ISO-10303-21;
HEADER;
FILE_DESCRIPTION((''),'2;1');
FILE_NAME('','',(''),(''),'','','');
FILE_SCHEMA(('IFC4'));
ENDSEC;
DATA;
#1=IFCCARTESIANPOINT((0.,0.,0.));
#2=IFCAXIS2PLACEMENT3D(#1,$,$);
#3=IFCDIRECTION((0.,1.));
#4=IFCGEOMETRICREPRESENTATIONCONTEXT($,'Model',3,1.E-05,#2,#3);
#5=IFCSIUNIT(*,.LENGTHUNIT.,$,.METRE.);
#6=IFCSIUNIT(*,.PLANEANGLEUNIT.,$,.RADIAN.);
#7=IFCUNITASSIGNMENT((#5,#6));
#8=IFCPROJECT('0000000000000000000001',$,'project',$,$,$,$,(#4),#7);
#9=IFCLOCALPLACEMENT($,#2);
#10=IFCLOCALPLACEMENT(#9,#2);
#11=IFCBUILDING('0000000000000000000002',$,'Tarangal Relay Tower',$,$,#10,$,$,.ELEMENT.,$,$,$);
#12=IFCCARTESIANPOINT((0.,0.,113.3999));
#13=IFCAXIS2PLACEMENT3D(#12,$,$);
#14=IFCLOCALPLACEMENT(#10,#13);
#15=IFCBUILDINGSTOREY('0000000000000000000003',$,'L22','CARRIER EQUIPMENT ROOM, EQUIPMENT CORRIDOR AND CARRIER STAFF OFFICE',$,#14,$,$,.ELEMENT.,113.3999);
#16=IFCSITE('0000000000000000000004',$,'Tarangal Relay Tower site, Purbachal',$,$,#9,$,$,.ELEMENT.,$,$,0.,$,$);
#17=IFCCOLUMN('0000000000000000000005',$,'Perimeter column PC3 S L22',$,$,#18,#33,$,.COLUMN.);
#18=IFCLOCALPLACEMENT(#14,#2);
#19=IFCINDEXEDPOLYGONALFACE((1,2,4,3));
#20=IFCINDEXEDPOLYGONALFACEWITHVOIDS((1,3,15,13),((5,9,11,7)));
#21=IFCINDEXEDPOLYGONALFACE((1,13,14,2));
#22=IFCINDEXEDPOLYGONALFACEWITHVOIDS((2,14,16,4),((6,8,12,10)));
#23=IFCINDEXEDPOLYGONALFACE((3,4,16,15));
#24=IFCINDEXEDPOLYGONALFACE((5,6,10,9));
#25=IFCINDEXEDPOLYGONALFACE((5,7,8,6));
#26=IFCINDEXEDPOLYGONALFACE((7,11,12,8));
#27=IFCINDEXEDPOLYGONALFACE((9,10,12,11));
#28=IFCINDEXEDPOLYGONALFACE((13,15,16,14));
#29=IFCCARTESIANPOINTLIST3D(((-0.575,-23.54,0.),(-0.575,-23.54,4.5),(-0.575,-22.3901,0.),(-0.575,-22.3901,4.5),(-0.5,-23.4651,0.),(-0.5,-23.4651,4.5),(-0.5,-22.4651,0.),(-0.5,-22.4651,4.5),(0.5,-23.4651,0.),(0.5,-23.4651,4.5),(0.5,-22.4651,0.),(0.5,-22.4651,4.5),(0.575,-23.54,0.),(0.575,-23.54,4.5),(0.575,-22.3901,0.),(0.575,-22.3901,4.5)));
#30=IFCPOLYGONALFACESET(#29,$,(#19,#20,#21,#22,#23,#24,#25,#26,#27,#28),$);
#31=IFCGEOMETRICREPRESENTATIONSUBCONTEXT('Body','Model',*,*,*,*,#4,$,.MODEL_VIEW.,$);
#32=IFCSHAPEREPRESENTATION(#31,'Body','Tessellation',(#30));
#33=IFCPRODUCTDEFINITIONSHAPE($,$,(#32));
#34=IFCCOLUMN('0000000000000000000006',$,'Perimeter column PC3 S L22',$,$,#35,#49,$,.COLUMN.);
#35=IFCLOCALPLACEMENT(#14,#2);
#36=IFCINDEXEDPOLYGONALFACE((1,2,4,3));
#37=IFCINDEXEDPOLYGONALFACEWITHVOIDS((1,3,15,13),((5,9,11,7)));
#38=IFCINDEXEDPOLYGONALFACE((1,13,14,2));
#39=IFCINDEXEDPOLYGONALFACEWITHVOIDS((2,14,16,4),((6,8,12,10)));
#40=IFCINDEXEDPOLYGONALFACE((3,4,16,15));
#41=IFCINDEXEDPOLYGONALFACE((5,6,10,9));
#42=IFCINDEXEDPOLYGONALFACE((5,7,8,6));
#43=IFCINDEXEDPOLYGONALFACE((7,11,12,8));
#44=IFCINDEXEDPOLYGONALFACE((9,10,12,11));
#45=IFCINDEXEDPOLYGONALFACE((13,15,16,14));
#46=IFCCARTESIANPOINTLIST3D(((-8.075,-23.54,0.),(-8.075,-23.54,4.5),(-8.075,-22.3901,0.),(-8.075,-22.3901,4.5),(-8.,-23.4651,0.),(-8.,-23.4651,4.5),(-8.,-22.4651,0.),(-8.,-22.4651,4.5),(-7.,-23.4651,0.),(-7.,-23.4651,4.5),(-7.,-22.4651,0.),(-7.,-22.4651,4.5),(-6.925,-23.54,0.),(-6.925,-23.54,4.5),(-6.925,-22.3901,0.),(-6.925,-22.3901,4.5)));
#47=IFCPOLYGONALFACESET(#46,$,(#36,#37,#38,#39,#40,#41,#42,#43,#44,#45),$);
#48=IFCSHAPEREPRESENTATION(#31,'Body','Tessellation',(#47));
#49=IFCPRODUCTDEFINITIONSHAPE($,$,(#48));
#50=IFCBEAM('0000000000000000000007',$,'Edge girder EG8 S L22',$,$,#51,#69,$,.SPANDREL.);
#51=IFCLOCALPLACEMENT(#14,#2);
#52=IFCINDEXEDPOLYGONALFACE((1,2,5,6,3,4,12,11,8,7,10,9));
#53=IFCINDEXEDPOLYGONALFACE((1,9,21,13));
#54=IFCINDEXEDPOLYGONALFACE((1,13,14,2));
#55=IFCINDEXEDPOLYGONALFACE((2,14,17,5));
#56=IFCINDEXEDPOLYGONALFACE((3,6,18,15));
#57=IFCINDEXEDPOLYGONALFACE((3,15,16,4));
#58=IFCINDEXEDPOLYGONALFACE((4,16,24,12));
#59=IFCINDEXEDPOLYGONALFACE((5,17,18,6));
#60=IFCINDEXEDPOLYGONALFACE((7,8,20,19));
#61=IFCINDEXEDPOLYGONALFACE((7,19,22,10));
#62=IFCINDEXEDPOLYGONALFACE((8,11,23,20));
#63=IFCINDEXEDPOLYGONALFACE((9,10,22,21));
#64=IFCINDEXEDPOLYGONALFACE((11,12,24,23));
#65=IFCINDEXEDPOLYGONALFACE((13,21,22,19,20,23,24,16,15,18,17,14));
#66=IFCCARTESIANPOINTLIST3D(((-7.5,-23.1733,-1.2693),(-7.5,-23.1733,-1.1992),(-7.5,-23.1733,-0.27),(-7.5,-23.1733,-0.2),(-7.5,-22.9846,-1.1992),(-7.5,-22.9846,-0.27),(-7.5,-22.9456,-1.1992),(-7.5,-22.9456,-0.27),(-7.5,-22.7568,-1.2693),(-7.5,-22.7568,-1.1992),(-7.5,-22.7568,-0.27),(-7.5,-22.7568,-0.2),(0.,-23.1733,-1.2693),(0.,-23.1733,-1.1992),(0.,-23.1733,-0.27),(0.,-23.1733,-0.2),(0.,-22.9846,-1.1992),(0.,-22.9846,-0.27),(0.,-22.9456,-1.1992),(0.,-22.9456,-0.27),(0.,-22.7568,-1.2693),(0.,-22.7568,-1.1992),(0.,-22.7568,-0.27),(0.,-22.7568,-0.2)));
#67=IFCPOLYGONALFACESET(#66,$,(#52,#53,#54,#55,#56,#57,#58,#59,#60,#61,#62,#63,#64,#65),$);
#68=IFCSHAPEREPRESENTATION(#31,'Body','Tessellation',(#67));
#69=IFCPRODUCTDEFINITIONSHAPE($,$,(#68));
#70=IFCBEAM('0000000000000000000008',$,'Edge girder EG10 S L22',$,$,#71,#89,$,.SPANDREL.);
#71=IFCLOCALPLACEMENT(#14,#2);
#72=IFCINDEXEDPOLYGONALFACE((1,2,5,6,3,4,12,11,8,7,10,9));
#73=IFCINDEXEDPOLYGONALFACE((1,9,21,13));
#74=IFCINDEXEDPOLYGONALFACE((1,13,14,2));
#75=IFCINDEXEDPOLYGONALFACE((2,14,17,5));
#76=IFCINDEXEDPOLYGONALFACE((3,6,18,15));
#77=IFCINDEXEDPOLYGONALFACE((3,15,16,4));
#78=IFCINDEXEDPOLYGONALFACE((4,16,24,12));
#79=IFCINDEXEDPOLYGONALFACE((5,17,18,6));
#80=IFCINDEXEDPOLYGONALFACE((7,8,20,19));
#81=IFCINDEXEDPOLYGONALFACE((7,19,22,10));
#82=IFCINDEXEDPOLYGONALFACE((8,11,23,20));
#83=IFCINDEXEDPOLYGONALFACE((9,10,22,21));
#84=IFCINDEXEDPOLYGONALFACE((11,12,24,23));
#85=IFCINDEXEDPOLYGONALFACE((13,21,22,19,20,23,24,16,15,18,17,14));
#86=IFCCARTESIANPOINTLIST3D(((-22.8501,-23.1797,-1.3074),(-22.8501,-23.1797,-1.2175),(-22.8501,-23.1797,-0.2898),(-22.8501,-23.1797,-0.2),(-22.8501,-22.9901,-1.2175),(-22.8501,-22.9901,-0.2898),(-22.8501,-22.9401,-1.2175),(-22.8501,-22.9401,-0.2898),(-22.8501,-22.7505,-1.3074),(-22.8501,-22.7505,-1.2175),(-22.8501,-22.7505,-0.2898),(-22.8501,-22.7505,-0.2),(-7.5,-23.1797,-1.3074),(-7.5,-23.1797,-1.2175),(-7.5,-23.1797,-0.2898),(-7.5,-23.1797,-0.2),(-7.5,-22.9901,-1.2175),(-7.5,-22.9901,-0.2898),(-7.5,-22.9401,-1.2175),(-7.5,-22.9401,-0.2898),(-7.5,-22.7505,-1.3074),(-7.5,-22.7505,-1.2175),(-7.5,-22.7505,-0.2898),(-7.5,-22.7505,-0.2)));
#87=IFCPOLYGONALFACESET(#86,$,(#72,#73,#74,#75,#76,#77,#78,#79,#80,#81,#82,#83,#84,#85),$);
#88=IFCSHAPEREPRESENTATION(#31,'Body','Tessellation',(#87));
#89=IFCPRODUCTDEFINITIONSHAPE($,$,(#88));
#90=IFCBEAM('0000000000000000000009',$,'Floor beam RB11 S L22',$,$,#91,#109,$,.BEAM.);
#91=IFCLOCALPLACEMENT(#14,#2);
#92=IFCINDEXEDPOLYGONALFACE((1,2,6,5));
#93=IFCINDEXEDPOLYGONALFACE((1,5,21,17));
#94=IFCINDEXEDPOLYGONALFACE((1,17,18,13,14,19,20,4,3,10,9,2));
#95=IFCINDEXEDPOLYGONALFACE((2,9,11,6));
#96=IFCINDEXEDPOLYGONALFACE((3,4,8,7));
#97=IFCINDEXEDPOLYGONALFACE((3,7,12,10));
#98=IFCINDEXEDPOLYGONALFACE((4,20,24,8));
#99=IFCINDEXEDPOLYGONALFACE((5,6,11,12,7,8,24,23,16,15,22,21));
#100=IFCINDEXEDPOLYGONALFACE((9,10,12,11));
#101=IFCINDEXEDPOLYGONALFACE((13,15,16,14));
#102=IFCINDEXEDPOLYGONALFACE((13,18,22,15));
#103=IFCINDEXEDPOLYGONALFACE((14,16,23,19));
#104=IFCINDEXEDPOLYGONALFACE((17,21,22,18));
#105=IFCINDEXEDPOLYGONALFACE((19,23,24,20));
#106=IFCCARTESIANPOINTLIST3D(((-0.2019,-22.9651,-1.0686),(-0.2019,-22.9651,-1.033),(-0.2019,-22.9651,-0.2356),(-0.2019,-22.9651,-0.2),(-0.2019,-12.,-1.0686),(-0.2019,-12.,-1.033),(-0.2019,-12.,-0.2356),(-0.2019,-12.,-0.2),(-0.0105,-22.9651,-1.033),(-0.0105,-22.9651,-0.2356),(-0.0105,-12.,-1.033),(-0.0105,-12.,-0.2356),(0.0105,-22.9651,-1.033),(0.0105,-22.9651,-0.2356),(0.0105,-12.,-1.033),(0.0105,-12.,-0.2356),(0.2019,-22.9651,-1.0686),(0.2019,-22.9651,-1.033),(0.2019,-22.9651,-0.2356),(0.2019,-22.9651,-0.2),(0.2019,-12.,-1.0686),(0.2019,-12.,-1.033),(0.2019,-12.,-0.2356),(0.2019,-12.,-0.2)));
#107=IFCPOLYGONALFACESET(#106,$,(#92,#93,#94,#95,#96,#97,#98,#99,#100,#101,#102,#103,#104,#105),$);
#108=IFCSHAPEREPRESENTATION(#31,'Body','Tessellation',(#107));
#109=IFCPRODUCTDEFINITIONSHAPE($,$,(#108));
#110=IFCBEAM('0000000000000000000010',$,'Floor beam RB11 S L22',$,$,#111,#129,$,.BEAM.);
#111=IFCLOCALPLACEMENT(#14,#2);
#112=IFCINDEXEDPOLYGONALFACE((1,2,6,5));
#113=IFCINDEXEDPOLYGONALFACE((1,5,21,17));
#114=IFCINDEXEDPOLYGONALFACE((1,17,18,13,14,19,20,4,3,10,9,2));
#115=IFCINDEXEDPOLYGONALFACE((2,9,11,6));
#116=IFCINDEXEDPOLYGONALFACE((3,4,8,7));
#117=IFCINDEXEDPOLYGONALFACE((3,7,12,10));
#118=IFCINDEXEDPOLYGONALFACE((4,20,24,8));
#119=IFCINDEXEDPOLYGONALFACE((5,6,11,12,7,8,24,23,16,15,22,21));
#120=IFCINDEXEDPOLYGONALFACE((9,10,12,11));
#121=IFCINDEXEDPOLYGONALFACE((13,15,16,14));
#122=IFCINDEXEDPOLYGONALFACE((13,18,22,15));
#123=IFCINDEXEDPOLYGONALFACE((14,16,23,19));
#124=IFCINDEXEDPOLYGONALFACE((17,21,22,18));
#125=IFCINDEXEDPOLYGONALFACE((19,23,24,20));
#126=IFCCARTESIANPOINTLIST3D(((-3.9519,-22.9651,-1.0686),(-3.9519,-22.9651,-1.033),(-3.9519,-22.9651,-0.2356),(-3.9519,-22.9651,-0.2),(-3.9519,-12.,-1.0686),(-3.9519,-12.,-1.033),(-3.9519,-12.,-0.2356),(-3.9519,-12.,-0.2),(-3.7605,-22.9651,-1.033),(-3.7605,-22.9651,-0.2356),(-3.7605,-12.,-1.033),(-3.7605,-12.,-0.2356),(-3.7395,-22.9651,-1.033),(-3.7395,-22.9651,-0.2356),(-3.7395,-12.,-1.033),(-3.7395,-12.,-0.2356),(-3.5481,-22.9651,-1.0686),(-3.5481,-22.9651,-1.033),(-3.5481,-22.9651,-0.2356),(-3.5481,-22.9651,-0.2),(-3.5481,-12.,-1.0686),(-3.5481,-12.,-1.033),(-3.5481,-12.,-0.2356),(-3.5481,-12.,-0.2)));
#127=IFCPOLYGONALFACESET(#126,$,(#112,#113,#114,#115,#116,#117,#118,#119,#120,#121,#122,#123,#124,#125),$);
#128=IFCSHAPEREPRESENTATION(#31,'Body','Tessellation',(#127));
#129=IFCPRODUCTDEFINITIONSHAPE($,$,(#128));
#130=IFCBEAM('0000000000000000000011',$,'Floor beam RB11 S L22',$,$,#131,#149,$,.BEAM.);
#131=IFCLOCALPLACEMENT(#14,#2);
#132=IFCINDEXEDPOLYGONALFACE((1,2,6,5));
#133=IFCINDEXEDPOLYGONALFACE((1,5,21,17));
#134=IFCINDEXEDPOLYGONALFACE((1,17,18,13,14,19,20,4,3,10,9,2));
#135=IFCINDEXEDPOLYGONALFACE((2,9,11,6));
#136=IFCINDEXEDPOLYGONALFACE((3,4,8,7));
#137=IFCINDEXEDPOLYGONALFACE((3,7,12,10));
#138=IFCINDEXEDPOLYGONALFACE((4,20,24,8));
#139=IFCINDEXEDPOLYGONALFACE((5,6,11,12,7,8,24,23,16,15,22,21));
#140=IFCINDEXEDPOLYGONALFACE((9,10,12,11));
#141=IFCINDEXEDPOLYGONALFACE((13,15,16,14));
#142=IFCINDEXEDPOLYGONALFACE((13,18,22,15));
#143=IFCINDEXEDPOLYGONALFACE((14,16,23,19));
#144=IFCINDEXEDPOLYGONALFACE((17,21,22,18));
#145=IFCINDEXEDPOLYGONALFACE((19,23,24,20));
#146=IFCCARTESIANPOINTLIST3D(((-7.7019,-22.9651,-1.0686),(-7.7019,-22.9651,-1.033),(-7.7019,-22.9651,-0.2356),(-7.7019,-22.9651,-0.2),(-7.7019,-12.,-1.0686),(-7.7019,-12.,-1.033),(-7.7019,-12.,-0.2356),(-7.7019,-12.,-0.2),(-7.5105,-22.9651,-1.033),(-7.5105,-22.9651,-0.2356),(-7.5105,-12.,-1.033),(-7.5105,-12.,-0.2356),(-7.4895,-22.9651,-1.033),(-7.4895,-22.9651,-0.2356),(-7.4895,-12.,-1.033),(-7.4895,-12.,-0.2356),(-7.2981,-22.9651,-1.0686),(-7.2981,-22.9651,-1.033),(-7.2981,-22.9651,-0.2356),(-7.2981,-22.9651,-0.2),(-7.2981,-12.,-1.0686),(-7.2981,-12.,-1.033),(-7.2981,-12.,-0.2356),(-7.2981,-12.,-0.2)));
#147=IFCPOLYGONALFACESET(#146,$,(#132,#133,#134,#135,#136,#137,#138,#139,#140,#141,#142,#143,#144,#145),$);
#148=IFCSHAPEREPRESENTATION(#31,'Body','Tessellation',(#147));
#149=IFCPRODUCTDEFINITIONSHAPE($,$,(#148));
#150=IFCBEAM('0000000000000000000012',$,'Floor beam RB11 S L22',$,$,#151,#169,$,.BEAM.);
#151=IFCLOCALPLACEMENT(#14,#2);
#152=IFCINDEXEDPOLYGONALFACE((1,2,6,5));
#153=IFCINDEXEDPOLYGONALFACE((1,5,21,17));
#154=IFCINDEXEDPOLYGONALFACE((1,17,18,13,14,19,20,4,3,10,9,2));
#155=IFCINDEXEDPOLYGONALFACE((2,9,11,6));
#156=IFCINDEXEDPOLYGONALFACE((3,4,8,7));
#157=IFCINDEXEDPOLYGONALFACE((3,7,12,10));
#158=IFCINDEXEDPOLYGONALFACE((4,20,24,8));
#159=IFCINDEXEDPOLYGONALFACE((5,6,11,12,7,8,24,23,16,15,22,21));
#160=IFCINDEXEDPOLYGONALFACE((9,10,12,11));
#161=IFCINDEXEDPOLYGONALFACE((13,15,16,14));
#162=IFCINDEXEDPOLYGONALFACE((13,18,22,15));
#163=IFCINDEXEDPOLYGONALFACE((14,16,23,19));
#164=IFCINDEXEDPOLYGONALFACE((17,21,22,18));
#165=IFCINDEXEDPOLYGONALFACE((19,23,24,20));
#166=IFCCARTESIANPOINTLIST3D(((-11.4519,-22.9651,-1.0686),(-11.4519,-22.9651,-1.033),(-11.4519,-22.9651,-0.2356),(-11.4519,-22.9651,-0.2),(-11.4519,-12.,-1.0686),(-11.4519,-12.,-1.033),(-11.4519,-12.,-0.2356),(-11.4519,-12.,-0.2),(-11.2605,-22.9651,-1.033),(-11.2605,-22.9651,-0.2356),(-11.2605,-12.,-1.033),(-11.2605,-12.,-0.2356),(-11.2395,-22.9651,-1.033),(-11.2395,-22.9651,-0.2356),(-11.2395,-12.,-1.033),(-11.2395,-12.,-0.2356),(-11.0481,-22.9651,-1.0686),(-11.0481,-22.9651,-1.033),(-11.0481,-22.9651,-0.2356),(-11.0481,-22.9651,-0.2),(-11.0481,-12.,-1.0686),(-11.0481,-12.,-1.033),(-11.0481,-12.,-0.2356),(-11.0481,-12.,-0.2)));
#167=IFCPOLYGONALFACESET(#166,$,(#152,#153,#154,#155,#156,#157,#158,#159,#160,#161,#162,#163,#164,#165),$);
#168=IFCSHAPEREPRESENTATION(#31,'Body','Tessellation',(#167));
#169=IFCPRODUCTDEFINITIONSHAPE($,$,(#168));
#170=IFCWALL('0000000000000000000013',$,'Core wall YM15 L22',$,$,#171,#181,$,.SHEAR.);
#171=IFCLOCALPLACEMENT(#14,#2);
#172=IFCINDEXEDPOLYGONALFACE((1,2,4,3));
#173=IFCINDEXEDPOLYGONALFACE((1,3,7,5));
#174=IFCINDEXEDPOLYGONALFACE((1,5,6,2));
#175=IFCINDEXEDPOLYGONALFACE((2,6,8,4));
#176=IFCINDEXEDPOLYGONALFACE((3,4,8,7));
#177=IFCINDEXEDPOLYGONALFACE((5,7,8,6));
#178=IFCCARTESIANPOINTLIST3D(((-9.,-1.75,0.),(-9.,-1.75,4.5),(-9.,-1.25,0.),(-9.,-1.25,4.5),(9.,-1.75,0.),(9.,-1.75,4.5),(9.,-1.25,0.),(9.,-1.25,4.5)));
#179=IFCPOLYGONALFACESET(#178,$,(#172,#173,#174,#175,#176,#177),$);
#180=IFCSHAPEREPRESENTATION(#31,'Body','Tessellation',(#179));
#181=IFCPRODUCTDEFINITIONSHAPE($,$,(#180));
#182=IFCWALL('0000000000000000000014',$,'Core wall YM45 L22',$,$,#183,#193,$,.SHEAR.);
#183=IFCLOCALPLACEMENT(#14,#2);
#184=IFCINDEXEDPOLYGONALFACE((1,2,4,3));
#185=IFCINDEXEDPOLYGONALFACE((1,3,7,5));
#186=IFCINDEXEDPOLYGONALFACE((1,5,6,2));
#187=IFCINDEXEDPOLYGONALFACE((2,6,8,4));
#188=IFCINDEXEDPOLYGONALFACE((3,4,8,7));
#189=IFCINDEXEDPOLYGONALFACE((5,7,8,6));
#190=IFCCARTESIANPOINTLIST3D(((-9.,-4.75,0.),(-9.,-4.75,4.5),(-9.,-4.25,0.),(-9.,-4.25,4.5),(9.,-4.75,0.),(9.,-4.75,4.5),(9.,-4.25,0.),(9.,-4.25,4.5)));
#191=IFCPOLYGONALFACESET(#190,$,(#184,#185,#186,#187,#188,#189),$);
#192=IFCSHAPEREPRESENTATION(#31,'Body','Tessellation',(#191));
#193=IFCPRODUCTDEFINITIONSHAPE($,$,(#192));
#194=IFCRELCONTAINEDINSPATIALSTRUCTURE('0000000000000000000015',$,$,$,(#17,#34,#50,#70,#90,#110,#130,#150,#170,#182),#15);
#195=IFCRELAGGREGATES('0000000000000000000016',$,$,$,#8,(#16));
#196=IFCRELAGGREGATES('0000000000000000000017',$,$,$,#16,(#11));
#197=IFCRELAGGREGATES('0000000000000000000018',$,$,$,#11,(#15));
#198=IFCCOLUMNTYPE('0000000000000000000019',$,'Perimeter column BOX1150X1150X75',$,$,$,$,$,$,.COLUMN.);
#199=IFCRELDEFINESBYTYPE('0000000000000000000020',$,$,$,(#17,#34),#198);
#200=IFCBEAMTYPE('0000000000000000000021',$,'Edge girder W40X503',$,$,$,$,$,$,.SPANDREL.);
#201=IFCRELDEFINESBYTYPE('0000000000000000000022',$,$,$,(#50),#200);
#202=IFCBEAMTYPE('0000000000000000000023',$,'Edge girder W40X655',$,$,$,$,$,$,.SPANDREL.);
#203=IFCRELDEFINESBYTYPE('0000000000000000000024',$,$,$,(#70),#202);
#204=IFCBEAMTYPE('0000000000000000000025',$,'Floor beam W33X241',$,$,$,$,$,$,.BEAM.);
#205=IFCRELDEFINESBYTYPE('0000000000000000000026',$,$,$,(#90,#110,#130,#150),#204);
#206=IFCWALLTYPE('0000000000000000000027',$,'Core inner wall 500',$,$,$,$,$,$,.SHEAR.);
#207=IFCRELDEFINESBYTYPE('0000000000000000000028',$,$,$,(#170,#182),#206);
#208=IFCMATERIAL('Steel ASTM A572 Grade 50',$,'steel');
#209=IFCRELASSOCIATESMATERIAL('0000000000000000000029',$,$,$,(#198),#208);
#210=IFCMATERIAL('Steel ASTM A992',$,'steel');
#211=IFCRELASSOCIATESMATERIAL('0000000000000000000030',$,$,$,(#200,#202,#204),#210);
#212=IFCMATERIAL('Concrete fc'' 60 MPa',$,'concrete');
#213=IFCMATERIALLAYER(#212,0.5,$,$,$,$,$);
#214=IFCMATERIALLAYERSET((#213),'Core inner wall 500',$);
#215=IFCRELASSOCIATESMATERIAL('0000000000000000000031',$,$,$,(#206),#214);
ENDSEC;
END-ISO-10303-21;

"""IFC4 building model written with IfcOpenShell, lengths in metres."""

from ifc_helpers import new_model, si_unit, direction, frame, frame_2d, origin, origin_2d, place, context, subcontext, project, spatial, rectangle, hollow_rectangle, i_section, extrude, material, layer, layer_set, material_profile, profile_set, type_object, element, save


model = new_model("IFC4")

# Units and contexts
model_context = context("Model", 3, precision=1e-05, world=origin(), true_north=direction((0.0, 1.0)))
body_context = subcontext(model_context, "Body", "Model", "MODEL_VIEW")
ifc_project = project(units=[si_unit("LENGTHUNIT", "METRE"), si_unit("PLANEANGLEUNIT", "RADIAN")], contexts=[model_context])

# Site, building, storey
site_placement = place(None, origin())
site = spatial("IfcSite", under=ifc_project, at=site_placement, Name="Tarangal Relay Tower site, Purbachal", CompositionType="ELEMENT", RefElevation=0.0)
building_placement = place(site_placement, origin())
building = spatial("IfcBuilding", under=site, at=building_placement, Name="Tarangal Relay Tower", CompositionType="ELEMENT")
storey_placement = place(building_placement, frame((0.0, 0.0, 113.3999)))
storey = spatial("IfcBuildingStorey", under=building, at=storey_placement, Name="L22", Description="CARRIER EQUIPMENT ROOM, EQUIPMENT CORRIDOR AND CARRIER STAFF OFFICE", CompositionType="ELEMENT", Elevation=113.3999)

# Columns
ifc_material_1 = material(Name="Steel ASTM A572 Grade 50", Category="steel")
ifc_material_profile_1 = material_profile(ifc_material_1, hollow_rectangle(XDim=1.1499, YDim=1.1499, WallThickness=0.075, at=origin_2d()), Name="BOX1150X1150X75")
ifc_profile_set_1 = profile_set([ifc_material_profile_1], Name="Steel ASTM A572 Grade 50")
column_type = type_object("IfcColumnType", Name="Perimeter column BOX1150X1150X75", PredefinedType="COLUMN", material=ifc_profile_set_1)
for number, where, z_axis, x_axis, name in (
    (1, (0.0, -22.9651, 0.0), (0.0, 0.0, 1.0), (1.0, 0.0, 0.0), "Perimeter column PC3 S L22"),
    (2, (-7.5, -22.9651, 0.0), (0.0, 0.0, 1.0), (1.0, 0.0, 0.0), "Perimeter column PC3 S L22"),
):
    element("IfcColumn", number, at=place(storey_placement, frame(where, z_axis=z_axis, x_axis=x_axis)), inside=storey, type_object=column_type, Name=name, PredefinedType="COLUMN", context=body_context, shape_type="SweptSolid", body=[
        extrude(hollow_rectangle(XDim=1.1499, YDim=1.1499, WallThickness=0.075, at=origin_2d()), origin(), (0.0, 0.0, 1.0), 4.5),
    ])

# Beams
ifc_material_2 = material(Name="Steel ASTM A992", Category="steel")
ifc_material_profile_2 = material_profile(ifc_material_2, i_section(OverallWidth=0.4165, OverallDepth=1.0693, WebThickness=0.0391, FlangeThickness=0.0701, at=origin_2d()), Name="W40X503")
ifc_profile_set_2 = profile_set([ifc_material_profile_2], Name="Steel ASTM A992")
beam_type_1 = type_object("IfcBeamType", Name="Edge girder W40X503", PredefinedType="SPANDREL", material=ifc_profile_set_2)
beam_1_placement = place(storey_placement, frame((0.0, -22.9651, -0.7346), z_axis=(-1.0, 0.0, 0.0), x_axis=(0.0, -1.0, 0.0)))
element("IfcBeam", 3, at=beam_1_placement, inside=storey, type_object=beam_type_1, Name="Edge girder EG8 S L22", PredefinedType="SPANDREL", context=body_context, shape_type="SweptSolid", body=[
    extrude(i_section(OverallWidth=0.4165, OverallDepth=1.0693, WebThickness=0.0391, FlangeThickness=0.0701, at=origin_2d()), origin(), (0.0, 0.0, 1.0), 7.5),
])
ifc_material_profile_3 = material_profile(ifc_material_2, i_section(OverallWidth=0.4292, OverallDepth=1.1074, WebThickness=0.05, FlangeThickness=0.0898, at=origin_2d()), Name="W40X655")
ifc_profile_set_3 = profile_set([ifc_material_profile_3], Name="Steel ASTM A992")
beam_type_2 = type_object("IfcBeamType", Name="Edge girder W40X655", PredefinedType="SPANDREL", material=ifc_profile_set_3)
beam_2_placement = place(storey_placement, frame((-7.5, -22.9651, -0.7537), z_axis=(-1.0, 0.0, 0.0), x_axis=(0.0, -1.0, 0.0)))
element("IfcBeam", 4, at=beam_2_placement, inside=storey, type_object=beam_type_2, Name="Edge girder EG10 S L22", PredefinedType="SPANDREL", context=body_context, shape_type="SweptSolid", body=[
    extrude(i_section(OverallWidth=0.4292, OverallDepth=1.1074, WebThickness=0.05, FlangeThickness=0.0898, at=origin_2d()), origin(), (0.0, 0.0, 1.0), 15.3501),
])
ifc_material_profile_4 = material_profile(ifc_material_2, i_section(OverallWidth=0.4038, OverallDepth=0.8687, WebThickness=0.021, FlangeThickness=0.0356, at=origin_2d()), Name="W33X241")
ifc_profile_set_4 = profile_set([ifc_material_profile_4], Name="Steel ASTM A992")
beam_type_3 = type_object("IfcBeamType", Name="Floor beam W33X241", PredefinedType="BEAM", material=ifc_profile_set_4)
for number, where, z_axis, x_axis, name in (
    (5, (0.0, -12.0, -0.6343), (0.0, -1.0, 0.0), (1.0, 0.0, 0.0), "Floor beam RB11 S L22"),
    (6, (-3.75, -12.0, -0.6343), (0.0, -1.0, 0.0), (1.0, 0.0, 0.0), "Floor beam RB11 S L22"),
    (7, (-7.5, -12.0, -0.6343), (0.0, -1.0, 0.0), (1.0, 0.0, 0.0), "Floor beam RB11 S L22"),
    (8, (-11.25, -12.0, -0.6343), (0.0, -1.0, 0.0), (1.0, 0.0, 0.0), "Floor beam RB11 S L22"),
):
    element("IfcBeam", number, at=place(storey_placement, frame(where, z_axis=z_axis, x_axis=x_axis)), inside=storey, type_object=beam_type_3, Name=name, PredefinedType="BEAM", context=body_context, shape_type="SweptSolid", body=[
        extrude(i_section(OverallWidth=0.4038, OverallDepth=0.8687, WebThickness=0.021, FlangeThickness=0.0356, at=origin_2d()), origin(), (0.0, 0.0, 1.0), 10.9651),
    ])

# Walls
ifc_material_3 = material(Name="Concrete fc' 60 MPa", Category="concrete")
ifc_layer_1 = layer(ifc_material_3, 0.5)
ifc_layer_set_1 = layer_set([ifc_layer_1], Name="Core inner wall 500")
wall_type_1 = type_object("IfcWallType", Name="Core inner wall 500", PredefinedType="SHEAR", material=ifc_layer_set_1)
for number, where, z_axis, x_axis, name in (
    (9, (-9.0, -1.5, 0.0), (0.0, 0.0, 1.0), (1.0, 0.0, 0.0), "Core wall YM15 L22"),
    (10, (-9.0, -4.5, 0.0), (0.0, 0.0, 1.0), (1.0, 0.0, 0.0), "Core wall YM45 L22"),
):
    element("IfcWall", number, at=place(storey_placement, frame(where, z_axis=z_axis, x_axis=x_axis)), inside=storey, type_object=wall_type_1, Name=name, PredefinedType="SHEAR", context=body_context, shape_type="SweptSolid", body=[
        extrude(rectangle(XDim=18.0, YDim=0.5, at=frame_2d((9.0, 0.0))), origin(), (0.0, 0.0, 1.0), 4.5),
    ])

save(model, "model.ifc")
